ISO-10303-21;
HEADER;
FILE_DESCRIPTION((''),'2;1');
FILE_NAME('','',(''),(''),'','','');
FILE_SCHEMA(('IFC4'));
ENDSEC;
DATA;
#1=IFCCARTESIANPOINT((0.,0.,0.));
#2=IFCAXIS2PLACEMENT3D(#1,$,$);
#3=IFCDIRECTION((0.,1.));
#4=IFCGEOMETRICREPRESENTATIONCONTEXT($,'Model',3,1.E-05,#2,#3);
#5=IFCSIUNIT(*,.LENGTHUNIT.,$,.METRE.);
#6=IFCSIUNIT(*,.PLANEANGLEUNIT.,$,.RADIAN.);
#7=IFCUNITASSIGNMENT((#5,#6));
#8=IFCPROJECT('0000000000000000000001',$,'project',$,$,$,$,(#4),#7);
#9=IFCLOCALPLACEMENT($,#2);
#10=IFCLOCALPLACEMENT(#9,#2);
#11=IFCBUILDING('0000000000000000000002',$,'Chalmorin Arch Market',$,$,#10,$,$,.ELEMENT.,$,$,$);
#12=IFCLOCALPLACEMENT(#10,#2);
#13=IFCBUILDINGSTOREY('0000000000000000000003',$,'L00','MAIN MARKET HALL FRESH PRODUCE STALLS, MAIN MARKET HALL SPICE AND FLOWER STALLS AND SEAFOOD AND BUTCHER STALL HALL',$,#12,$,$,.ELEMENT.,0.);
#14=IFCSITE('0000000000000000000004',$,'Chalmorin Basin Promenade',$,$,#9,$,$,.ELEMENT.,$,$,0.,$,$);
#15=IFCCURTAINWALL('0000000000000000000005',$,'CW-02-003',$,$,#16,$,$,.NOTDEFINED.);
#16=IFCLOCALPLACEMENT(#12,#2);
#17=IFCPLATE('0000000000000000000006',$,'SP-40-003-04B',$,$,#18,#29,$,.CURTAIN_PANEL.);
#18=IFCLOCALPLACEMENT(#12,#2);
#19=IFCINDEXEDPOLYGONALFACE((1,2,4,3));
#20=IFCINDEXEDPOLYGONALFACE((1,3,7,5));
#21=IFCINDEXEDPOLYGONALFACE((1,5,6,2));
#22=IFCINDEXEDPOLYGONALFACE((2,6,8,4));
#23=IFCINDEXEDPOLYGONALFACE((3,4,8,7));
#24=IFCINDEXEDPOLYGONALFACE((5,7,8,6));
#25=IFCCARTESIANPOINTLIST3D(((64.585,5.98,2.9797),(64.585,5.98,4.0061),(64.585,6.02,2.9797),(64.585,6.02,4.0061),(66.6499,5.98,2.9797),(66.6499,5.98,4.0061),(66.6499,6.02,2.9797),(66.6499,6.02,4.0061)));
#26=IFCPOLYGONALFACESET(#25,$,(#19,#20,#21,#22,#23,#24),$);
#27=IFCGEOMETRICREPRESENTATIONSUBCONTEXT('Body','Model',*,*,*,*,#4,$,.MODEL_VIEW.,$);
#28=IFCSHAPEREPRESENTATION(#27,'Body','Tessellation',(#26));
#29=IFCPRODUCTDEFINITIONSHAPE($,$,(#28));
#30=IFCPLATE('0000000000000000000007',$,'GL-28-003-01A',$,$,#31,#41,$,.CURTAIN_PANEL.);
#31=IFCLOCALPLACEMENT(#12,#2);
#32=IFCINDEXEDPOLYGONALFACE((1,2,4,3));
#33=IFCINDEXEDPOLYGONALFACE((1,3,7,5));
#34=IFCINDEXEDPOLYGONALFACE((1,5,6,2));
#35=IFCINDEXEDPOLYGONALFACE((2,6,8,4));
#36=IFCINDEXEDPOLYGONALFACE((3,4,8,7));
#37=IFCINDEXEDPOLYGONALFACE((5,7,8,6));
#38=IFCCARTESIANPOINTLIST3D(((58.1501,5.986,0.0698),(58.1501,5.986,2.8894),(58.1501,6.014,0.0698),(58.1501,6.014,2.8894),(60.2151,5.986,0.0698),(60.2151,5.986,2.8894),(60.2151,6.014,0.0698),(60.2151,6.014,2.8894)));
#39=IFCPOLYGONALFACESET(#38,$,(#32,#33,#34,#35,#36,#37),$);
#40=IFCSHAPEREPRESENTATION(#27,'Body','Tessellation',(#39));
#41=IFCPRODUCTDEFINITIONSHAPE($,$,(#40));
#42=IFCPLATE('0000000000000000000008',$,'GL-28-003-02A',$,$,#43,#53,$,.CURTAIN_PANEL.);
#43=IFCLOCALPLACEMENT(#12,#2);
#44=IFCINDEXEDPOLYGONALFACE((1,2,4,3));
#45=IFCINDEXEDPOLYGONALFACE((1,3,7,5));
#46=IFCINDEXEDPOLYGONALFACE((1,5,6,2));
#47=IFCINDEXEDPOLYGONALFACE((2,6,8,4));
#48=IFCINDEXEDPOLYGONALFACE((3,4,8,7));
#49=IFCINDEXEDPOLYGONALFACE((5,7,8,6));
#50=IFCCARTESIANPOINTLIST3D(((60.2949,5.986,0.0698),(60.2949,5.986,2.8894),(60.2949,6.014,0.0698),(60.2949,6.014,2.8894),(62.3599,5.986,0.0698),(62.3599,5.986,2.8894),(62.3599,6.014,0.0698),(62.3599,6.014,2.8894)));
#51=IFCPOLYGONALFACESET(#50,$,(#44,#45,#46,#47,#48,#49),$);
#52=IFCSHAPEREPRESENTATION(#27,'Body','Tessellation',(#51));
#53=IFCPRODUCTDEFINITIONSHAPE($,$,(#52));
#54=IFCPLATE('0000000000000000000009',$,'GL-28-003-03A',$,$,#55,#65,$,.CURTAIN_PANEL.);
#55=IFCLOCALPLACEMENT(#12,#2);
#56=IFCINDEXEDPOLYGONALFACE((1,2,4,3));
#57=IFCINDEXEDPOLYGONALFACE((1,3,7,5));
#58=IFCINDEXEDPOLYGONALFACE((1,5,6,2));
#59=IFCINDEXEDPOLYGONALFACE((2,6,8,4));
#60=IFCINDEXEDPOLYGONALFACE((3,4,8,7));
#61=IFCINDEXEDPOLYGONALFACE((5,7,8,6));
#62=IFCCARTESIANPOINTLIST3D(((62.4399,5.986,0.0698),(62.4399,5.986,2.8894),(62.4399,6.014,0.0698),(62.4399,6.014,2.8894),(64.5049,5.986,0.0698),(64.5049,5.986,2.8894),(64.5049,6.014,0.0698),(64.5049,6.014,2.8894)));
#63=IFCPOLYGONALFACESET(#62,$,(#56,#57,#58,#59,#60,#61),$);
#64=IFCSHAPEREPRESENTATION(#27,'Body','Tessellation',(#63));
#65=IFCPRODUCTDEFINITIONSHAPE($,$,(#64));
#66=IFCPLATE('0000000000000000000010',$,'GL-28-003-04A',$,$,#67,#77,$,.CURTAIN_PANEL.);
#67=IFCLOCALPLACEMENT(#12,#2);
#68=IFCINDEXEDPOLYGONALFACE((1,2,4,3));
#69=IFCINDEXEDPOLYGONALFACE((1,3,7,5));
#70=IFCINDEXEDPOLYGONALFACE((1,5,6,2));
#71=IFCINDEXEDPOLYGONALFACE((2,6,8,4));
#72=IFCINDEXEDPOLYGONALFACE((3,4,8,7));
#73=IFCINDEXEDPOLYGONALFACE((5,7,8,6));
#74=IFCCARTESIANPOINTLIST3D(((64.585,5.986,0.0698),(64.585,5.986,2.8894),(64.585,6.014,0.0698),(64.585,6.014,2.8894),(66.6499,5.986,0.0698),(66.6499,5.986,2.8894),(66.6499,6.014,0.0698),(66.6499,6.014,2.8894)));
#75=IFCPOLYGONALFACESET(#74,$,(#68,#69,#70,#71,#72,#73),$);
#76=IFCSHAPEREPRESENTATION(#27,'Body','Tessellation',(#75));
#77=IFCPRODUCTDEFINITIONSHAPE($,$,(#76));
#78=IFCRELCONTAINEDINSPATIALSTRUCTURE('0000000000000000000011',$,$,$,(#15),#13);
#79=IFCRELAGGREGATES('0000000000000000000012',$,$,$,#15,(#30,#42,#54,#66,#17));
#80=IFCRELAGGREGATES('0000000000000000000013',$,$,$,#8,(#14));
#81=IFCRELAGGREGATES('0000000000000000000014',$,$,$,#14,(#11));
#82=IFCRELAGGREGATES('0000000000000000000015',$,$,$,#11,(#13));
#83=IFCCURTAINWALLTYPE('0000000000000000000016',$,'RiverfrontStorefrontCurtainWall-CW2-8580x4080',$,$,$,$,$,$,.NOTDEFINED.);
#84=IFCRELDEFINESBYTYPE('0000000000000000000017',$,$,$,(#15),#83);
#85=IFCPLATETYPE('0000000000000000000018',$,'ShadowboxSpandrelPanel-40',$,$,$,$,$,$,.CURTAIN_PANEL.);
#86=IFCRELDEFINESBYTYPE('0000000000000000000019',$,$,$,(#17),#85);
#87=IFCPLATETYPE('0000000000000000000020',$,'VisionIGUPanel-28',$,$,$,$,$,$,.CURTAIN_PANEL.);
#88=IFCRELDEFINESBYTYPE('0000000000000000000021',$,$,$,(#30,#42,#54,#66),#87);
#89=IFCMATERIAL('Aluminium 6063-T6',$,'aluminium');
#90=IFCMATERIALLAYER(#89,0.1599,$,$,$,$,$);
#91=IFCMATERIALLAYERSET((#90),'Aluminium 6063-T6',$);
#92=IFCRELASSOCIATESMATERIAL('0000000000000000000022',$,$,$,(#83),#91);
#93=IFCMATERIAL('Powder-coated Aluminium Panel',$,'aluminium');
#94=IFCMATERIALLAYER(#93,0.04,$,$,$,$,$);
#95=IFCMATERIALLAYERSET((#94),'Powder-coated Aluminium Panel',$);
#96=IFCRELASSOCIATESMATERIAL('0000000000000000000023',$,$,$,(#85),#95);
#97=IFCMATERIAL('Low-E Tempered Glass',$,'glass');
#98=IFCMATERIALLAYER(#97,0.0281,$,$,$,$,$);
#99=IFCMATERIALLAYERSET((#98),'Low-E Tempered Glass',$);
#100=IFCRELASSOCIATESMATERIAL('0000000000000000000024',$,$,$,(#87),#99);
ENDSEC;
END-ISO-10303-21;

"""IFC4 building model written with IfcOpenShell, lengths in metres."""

from ifc_helpers import new_model, si_unit, direction, frame, origin, origin_2d, place, context, subcontext, project, spatial, rectangle, extrude, material, layer, layer_set, type_object, element, aggregate, save


model = new_model("IFC4")

# Units and contexts
model_context = context("Model", 3, precision=1e-05, world=origin(), true_north=direction((0.0, 1.0)))
body_context = subcontext(model_context, "Body", "Model", "MODEL_VIEW")
ifc_project = project(units=[si_unit("LENGTHUNIT", "METRE"), si_unit("PLANEANGLEUNIT", "RADIAN")], contexts=[model_context])

# Site, building, storey
site_placement = place(None, origin())
site = spatial("IfcSite", under=ifc_project, at=site_placement, Name="Chalmorin Basin Promenade", CompositionType="ELEMENT", RefElevation=0.0)
building_placement = place(site_placement, origin())
building = spatial("IfcBuilding", under=site, at=building_placement, Name="Chalmorin Arch Market", CompositionType="ELEMENT")
storey_placement = place(building_placement, origin())
storey = spatial("IfcBuildingStorey", under=building, at=storey_placement, Name="L00", Description="MAIN MARKET HALL FRESH PRODUCE STALLS, MAIN MARKET HALL SPICE AND FLOWER STALLS AND SEAFOOD AND BUTCHER STALL HALL", CompositionType="ELEMENT", Elevation=0.0)

# Curtain wall
ifc_material_1 = material(Name="Aluminium 6063-T6", Category="aluminium")
ifc_layer_1 = layer(ifc_material_1, 0.1599)
ifc_layer_set_1 = layer_set([ifc_layer_1], Name="Aluminium 6063-T6")
curtain_wall_type = type_object("IfcCurtainWallType", Name="RiverfrontStorefrontCurtainWall-CW2-8580x4080", PredefinedType="NOTDEFINED", material=ifc_layer_set_1)
curtain_wall_placement = place(storey_placement, origin())
curtain_wall = element("IfcCurtainWall", 1, at=curtain_wall_placement, inside=storey, type_object=curtain_wall_type, Name="CW-02-003", PredefinedType="NOTDEFINED")

# Plates
ifc_material_2 = material(Name="Powder-coated Aluminium Panel", Category="aluminium")
ifc_layer_2 = layer(ifc_material_2, 0.04)
ifc_layer_set_2 = layer_set([ifc_layer_2], Name="Powder-coated Aluminium Panel")
plate_type_1 = type_object("IfcPlateType", Name="ShadowboxSpandrelPanel-40", PredefinedType="CURTAIN_PANEL", material=ifc_layer_set_2)
plate_1_placement = place(storey_placement, frame((65.6174, 6.0, 2.9797), z_axis=(0.0, 0.0, 1.0), x_axis=(1.0, 0.0, 0.0)))
plate_1 = element("IfcPlate", 2, at=plate_1_placement, type_object=plate_type_1, Name="SP-40-003-04B", PredefinedType="CURTAIN_PANEL", context=body_context, shape_type="SweptSolid", body=[
    extrude(rectangle(XDim=2.0649, YDim=0.04, at=origin_2d()), origin(), (0.0, 0.0, 1.0), 1.0264),
])
ifc_material_3 = material(Name="Low-E Tempered Glass", Category="glass")
ifc_layer_3 = layer(ifc_material_3, 0.0281)
ifc_layer_set_3 = layer_set([ifc_layer_3], Name="Low-E Tempered Glass")
plate_type_2 = type_object("IfcPlateType", Name="VisionIGUPanel-28", PredefinedType="CURTAIN_PANEL", material=ifc_layer_set_3)
plate_2_placement = place(storey_placement, frame((59.1826, 6.0, 0.0698), z_axis=(0.0, 0.0, 1.0), x_axis=(1.0, 0.0, 0.0)))
plate_2 = element("IfcPlate", 3, at=plate_2_placement, type_object=plate_type_2, Name="GL-28-003-01A", PredefinedType="CURTAIN_PANEL", context=body_context, shape_type="SweptSolid", body=[
    extrude(rectangle(XDim=2.0649, YDim=0.0281, at=origin_2d()), origin(), (0.0, 0.0, 1.0), 2.8196),
])
plate_3_placement = place(storey_placement, frame((61.3274, 6.0, 0.0698), z_axis=(0.0, 0.0, 1.0), x_axis=(1.0, 0.0, 0.0)))
plate_3 = element("IfcPlate", 4, at=plate_3_placement, type_object=plate_type_2, Name="GL-28-003-02A", PredefinedType="CURTAIN_PANEL", context=body_context, shape_type="SweptSolid", body=[
    extrude(rectangle(XDim=2.0649, YDim=0.0281, at=origin_2d()), origin(), (0.0, 0.0, 1.0), 2.8196),
])
plate_4_placement = place(storey_placement, frame((63.4724, 6.0, 0.0698), z_axis=(0.0, 0.0, 1.0), x_axis=(1.0, 0.0, 0.0)))
plate_4 = element("IfcPlate", 5, at=plate_4_placement, type_object=plate_type_2, Name="GL-28-003-03A", PredefinedType="CURTAIN_PANEL", context=body_context, shape_type="SweptSolid", body=[
    extrude(rectangle(XDim=2.0649, YDim=0.0281, at=origin_2d()), origin(), (0.0, 0.0, 1.0), 2.8196),
])
plate_5_placement = place(storey_placement, frame((65.6174, 6.0, 0.0698), z_axis=(0.0, 0.0, 1.0), x_axis=(1.0, 0.0, 0.0)))
plate_5 = element("IfcPlate", 6, at=plate_5_placement, type_object=plate_type_2, Name="GL-28-003-04A", PredefinedType="CURTAIN_PANEL", context=body_context, shape_type="SweptSolid", body=[
    extrude(rectangle(XDim=2.0649, YDim=0.0281, at=origin_2d()), origin(), (0.0, 0.0, 1.0), 2.8196),
])
aggregate(curtain_wall, [plate_2, plate_3, plate_4, plate_5, plate_1])

save(model, "model.ifc")
